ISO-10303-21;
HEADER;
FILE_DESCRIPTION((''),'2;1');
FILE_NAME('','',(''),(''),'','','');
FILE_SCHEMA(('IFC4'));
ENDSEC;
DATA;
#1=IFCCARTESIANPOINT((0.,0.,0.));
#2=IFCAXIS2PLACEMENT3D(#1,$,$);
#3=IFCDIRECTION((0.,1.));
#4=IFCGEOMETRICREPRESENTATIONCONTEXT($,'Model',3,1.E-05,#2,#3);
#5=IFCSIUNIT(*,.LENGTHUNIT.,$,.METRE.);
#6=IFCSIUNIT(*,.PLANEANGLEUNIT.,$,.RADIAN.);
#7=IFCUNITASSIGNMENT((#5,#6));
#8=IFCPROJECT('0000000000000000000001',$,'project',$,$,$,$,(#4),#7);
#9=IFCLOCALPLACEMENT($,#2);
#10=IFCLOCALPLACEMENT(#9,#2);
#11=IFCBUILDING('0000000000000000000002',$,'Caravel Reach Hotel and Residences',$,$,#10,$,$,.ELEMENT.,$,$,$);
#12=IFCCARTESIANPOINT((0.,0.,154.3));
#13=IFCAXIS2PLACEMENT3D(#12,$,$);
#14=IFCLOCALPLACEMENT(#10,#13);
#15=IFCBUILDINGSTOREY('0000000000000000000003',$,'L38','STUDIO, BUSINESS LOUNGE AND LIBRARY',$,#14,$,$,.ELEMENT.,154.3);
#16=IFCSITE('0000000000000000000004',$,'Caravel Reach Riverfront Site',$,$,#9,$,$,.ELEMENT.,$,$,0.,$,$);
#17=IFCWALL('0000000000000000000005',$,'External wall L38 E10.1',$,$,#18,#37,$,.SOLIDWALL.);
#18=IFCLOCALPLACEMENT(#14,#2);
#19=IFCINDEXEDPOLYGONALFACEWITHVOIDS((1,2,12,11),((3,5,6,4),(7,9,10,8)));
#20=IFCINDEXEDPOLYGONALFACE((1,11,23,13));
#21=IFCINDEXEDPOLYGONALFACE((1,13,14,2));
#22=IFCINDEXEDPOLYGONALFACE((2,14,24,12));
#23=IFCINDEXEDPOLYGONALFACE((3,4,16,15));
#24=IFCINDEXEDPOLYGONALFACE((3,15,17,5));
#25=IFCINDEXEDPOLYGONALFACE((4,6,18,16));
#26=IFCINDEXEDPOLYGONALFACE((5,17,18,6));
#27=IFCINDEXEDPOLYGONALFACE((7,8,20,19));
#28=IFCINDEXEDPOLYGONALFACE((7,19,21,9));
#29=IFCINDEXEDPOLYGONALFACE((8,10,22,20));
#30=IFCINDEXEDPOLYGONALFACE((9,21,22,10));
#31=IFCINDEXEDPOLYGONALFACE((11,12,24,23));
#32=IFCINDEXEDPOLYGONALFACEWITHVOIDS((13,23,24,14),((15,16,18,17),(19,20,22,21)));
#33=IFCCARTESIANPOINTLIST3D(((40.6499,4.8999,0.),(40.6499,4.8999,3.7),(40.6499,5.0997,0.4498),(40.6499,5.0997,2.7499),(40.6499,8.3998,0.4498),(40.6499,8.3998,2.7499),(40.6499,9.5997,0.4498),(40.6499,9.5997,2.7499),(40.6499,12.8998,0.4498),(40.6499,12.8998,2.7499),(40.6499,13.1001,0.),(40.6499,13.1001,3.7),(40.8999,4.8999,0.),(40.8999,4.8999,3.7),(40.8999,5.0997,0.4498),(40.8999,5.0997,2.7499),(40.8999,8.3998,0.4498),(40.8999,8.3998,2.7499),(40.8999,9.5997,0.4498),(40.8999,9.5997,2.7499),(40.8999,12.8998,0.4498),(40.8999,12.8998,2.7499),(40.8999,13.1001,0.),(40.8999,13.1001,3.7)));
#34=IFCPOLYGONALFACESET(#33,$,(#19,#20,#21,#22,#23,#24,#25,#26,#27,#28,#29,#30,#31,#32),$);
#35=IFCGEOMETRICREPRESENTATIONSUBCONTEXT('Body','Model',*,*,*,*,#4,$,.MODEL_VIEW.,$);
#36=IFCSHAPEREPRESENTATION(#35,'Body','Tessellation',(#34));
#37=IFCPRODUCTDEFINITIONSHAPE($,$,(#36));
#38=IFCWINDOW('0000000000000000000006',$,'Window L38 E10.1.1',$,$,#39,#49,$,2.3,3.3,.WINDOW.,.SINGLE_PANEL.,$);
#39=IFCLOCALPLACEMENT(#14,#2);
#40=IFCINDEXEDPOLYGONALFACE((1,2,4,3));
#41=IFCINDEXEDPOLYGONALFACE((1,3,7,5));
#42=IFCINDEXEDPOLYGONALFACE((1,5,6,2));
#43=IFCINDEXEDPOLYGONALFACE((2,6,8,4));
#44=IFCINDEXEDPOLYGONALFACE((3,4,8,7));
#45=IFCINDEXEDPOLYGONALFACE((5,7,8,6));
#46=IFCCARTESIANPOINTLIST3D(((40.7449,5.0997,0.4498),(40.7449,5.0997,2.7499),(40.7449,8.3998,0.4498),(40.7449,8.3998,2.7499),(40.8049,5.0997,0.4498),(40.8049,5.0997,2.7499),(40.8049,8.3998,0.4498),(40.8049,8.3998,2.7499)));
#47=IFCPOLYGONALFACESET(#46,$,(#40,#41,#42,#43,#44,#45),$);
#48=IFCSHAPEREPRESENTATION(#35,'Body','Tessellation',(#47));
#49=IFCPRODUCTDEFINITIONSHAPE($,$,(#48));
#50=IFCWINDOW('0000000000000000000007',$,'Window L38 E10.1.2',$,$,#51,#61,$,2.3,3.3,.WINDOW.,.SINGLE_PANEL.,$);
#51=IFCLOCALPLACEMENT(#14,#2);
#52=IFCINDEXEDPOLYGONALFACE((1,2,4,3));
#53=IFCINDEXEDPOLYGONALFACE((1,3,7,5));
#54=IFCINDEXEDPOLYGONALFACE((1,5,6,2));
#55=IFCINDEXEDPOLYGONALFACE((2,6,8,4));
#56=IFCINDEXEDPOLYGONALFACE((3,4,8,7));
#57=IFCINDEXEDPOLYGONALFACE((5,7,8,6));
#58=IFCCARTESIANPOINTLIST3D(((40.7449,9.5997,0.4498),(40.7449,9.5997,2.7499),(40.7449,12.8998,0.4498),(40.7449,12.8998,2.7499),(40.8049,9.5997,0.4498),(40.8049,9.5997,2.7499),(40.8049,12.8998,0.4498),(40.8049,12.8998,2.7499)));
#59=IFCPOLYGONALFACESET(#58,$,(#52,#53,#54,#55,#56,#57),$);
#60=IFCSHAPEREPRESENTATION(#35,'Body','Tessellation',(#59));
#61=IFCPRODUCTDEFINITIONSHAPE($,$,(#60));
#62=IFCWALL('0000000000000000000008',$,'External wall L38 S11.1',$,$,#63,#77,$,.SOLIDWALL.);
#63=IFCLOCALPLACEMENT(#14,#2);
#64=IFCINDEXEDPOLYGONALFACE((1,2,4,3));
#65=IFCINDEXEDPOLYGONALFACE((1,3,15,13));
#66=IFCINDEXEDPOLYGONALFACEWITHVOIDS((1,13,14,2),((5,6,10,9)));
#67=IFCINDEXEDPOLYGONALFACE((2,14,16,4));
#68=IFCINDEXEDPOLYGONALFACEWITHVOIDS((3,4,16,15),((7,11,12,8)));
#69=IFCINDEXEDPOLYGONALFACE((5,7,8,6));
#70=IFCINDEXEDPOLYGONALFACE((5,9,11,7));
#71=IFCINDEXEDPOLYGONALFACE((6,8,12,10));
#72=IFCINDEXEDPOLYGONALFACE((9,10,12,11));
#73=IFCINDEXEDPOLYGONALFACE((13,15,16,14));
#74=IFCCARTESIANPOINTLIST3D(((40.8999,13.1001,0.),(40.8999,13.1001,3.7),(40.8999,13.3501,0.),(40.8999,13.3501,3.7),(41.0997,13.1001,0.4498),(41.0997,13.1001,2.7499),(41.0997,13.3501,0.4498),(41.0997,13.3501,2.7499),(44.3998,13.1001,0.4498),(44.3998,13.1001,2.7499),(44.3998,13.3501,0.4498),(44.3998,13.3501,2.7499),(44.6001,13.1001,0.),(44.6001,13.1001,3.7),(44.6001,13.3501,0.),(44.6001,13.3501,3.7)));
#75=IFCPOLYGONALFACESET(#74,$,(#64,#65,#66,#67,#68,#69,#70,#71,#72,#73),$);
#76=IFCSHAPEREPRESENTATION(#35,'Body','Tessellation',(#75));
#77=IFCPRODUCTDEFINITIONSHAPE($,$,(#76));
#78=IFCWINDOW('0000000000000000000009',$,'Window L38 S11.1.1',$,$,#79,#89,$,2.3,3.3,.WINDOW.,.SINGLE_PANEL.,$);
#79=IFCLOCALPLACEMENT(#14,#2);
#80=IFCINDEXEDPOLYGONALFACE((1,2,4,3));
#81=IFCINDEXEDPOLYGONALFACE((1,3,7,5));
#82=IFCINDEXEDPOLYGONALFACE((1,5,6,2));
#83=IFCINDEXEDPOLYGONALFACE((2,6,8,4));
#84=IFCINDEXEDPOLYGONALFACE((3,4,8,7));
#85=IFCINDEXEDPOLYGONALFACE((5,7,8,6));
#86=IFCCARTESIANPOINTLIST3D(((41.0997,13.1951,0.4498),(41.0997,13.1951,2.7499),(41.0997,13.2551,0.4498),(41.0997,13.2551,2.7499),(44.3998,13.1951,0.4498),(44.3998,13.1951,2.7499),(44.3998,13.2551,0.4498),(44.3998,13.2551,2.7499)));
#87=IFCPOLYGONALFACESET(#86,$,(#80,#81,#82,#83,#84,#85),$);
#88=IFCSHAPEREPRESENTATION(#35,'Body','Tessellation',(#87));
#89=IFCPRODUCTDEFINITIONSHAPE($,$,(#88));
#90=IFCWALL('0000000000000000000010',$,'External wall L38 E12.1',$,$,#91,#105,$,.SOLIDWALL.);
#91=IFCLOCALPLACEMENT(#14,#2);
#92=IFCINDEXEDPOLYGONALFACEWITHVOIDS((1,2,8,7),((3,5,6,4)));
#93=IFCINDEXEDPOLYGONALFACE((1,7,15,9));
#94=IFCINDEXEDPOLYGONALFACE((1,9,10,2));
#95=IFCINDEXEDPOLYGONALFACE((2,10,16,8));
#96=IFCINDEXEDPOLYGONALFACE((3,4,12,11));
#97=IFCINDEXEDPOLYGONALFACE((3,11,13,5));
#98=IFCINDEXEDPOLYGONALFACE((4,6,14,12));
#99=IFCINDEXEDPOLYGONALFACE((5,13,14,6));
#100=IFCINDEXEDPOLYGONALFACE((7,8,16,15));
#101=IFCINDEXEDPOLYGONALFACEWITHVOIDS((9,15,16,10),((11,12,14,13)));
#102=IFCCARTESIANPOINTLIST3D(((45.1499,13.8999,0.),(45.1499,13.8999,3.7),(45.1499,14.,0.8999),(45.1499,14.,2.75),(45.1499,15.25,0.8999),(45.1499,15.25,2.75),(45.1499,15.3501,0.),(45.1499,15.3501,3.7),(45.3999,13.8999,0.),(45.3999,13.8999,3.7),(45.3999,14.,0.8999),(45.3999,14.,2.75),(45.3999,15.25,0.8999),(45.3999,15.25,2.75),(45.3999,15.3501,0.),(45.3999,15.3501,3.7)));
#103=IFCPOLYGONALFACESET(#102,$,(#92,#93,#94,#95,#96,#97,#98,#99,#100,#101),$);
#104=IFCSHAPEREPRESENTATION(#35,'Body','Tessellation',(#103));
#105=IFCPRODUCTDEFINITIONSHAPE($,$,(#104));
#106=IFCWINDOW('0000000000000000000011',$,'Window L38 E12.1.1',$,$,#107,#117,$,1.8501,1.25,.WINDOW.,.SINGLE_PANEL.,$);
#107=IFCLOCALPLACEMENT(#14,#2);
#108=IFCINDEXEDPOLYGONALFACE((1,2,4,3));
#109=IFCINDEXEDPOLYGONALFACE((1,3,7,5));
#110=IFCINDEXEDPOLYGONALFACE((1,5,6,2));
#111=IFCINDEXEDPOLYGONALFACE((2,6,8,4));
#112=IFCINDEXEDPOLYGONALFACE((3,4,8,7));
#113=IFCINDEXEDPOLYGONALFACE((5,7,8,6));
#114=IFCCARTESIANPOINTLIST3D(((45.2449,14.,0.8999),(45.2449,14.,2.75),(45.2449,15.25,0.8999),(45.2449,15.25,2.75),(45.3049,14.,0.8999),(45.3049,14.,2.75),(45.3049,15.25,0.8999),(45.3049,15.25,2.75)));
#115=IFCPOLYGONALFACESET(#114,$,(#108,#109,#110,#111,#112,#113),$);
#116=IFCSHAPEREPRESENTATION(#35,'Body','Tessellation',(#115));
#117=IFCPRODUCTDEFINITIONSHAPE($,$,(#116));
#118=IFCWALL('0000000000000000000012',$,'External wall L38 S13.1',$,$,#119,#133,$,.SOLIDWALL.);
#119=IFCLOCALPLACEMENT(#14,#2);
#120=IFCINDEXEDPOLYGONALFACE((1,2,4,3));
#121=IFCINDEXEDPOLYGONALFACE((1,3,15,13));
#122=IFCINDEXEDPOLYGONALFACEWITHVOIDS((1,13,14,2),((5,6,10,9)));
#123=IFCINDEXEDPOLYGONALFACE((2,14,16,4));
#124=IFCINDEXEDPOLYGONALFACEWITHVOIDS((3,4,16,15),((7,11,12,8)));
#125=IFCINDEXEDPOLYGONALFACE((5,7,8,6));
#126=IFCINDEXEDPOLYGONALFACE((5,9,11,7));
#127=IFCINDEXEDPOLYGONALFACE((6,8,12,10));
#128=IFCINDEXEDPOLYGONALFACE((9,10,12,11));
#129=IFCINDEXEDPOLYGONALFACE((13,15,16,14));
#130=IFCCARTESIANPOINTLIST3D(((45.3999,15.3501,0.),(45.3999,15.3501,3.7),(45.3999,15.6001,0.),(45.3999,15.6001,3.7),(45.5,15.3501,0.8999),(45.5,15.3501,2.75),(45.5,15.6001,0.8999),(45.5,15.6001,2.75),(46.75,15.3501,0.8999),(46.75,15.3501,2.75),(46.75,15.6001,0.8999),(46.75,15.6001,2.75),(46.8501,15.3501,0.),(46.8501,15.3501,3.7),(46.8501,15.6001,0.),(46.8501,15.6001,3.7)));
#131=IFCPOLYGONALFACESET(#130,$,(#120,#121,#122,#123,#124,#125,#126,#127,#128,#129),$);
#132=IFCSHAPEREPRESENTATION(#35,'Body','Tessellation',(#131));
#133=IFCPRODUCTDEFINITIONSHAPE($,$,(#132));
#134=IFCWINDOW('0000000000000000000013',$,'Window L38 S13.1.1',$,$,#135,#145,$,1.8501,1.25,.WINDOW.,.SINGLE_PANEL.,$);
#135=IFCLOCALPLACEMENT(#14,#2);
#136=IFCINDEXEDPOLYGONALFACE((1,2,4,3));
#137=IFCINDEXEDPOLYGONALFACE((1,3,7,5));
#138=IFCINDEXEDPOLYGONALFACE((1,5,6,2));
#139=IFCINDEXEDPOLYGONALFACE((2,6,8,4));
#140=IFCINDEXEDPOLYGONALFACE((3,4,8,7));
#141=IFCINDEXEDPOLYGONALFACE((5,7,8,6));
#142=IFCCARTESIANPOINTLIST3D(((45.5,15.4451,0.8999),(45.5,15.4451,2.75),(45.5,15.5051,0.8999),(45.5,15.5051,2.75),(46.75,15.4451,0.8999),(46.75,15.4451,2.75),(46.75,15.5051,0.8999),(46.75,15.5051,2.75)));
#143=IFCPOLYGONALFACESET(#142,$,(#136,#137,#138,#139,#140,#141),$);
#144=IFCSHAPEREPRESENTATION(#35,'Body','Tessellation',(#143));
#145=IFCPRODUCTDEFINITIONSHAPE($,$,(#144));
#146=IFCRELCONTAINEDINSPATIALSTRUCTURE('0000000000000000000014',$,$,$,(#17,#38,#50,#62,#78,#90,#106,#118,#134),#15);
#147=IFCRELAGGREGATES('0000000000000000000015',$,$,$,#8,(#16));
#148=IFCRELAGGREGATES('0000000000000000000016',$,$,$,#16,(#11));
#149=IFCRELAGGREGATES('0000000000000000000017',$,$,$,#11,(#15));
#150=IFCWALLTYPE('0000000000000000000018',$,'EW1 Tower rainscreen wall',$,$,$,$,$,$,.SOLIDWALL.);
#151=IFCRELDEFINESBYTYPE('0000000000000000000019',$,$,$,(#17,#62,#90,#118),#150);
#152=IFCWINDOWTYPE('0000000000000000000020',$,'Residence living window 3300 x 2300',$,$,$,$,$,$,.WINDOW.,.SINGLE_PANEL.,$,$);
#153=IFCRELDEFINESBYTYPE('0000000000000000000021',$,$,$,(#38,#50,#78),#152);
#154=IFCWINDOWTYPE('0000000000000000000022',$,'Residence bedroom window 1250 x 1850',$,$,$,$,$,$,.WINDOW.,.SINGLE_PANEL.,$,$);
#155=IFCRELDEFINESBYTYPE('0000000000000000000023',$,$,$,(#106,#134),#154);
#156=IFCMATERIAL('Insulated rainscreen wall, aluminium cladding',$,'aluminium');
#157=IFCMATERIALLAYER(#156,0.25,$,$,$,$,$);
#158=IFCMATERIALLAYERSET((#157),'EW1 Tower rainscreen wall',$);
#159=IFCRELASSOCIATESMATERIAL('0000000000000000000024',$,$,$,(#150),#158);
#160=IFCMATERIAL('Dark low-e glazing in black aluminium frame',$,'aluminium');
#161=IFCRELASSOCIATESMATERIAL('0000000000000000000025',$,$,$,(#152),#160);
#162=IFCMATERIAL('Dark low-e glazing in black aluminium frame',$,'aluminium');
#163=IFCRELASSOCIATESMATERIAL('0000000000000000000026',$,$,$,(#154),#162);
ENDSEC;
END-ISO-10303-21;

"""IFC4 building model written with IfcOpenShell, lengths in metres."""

from ifc_helpers import new_model, si_unit, direction, frame, frame_2d, origin, place, context, subcontext, project, spatial, rectangle, extrude, material, layer, layer_set, type_object, element, fill, save


model = new_model("IFC4")

# Units and contexts
model_context = context("Model", 3, precision=1e-05, world=origin(), true_north=direction((0.0, 1.0)))
body_context = subcontext(model_context, "Body", "Model", "MODEL_VIEW")
ifc_project = project(units=[si_unit("LENGTHUNIT", "METRE"), si_unit("PLANEANGLEUNIT", "RADIAN")], contexts=[model_context])

# Site, building, storey
site_placement = place(None, origin())
site = spatial("IfcSite", under=ifc_project, at=site_placement, Name="Caravel Reach Riverfront Site", CompositionType="ELEMENT", RefElevation=0.0)
building_placement = place(site_placement, origin())
building = spatial("IfcBuilding", under=site, at=building_placement, Name="Caravel Reach Hotel and Residences", CompositionType="ELEMENT")
storey_placement = place(building_placement, frame((0.0, 0.0, 154.3)))
storey = spatial("IfcBuildingStorey", under=building, at=storey_placement, Name="L38", Description="STUDIO, BUSINESS LOUNGE AND LIBRARY", CompositionType="ELEMENT", Elevation=154.3)

# Wall, openings, windows
ifc_material_1 = material(Name="Insulated rainscreen wall, aluminium cladding", Category="aluminium")
ifc_layer_1 = layer(ifc_material_1, 0.25)
ifc_layer_set_1 = layer_set([ifc_layer_1], Name="EW1 Tower rainscreen wall")
wall_type_1 = type_object("IfcWallType", Name="EW1 Tower rainscreen wall", PredefinedType="SOLIDWALL", material=ifc_layer_set_1)
wall_1_placement = place(storey_placement, frame((40.7749, 4.8999, 0.0), z_axis=(0.0, 0.0, 1.0), x_axis=(0.0, 1.0, 0.0)))
wall_1 = element("IfcWall", 1, at=wall_1_placement, inside=storey, type_object=wall_type_1, Name="External wall L38 E10.1", PredefinedType="SOLIDWALL", context=body_context, shape_type="SweptSolid", body=[
    extrude(rectangle(XDim=8.2002, YDim=0.25, at=frame_2d((4.1001, 0.0))), origin(), (0.0, 0.0, 1.0), 3.7),
])
opening_1_placement = place(wall_1_placement, frame((0.2, 0.0, 0.45)))
opening_1 = element("IfcOpeningElement", 2, at=opening_1_placement, cuts=wall_1, PredefinedType="OPENING", context=body_context, shape_type="SweptSolid", body=[
    extrude(rectangle(XDim=3.3, YDim=2.3, at=frame_2d((1.6499, 1.1499))), frame((0.0, 0.135, 0.0), z_axis=(0.0, -1.0, 0.0), x_axis=(1.0, 0.0, 0.0)), (0.0, 0.0, 1.0), 0.27),
])
opening_2_placement = place(wall_1_placement, frame((4.7, 0.0, 0.45)))
opening_2 = element("IfcOpeningElement", 3, at=opening_2_placement, cuts=wall_1, PredefinedType="OPENING", context=body_context, shape_type="SweptSolid", body=[
    extrude(rectangle(XDim=3.3, YDim=2.3, at=frame_2d((1.6499, 1.1499))), frame((0.0, 0.135, 0.0), z_axis=(0.0, -1.0, 0.0), x_axis=(1.0, 0.0, 0.0)), (0.0, 0.0, 1.0), 0.27),
])
ifc_material_2 = material(Name="Dark low-e glazing in black aluminium frame", Category="aluminium")
window_type_1 = type_object("IfcWindowType", Name="Residence living window 3300 x 2300", PartitioningType="SINGLE_PANEL", PredefinedType="WINDOW", material=ifc_material_2)
window_1_placement = place(opening_1_placement, origin())
window_1 = element("IfcWindow", 4, at=window_1_placement, inside=storey, type_object=window_type_1, Name="Window L38 E10.1.1", OverallHeight=2.3, OverallWidth=3.3, PartitioningType="SINGLE_PANEL", PredefinedType="WINDOW", context=body_context, shape_type="SweptSolid", body=[
    extrude(rectangle(XDim=3.3, YDim=2.3, at=frame_2d((1.6499, 1.1499))), frame((0.0, 0.03, 0.0), z_axis=(0.0, -1.0, 0.0), x_axis=(1.0, 0.0, 0.0)), (0.0, 0.0, 1.0), 0.0601),
])
fill(opening_1, window_1)
window_2_placement = place(opening_2_placement, origin())
window_2 = element("IfcWindow", 5, at=window_2_placement, inside=storey, type_object=window_type_1, Name="Window L38 E10.1.2", OverallHeight=2.3, OverallWidth=3.3, PartitioningType="SINGLE_PANEL", PredefinedType="WINDOW", context=body_context, shape_type="SweptSolid", body=[
    extrude(rectangle(XDim=3.3, YDim=2.3, at=frame_2d((1.6499, 1.1499))), frame((0.0, 0.03, 0.0), z_axis=(0.0, -1.0, 0.0), x_axis=(1.0, 0.0, 0.0)), (0.0, 0.0, 1.0), 0.0601),
])
fill(opening_2, window_2)

# Walls, openings, windows
wall_2_placement = place(storey_placement, frame((40.8999, 13.2251, 0.0), z_axis=(0.0, 0.0, 1.0), x_axis=(1.0, 0.0, 0.0)))
wall_2 = element("IfcWall", 6, at=wall_2_placement, inside=storey, type_object=wall_type_1, Name="External wall L38 S11.1", PredefinedType="SOLIDWALL", context=body_context, shape_type="SweptSolid", body=[
    extrude(rectangle(XDim=3.7002, YDim=0.25, at=frame_2d((1.8501, 0.0))), origin(), (0.0, 0.0, 1.0), 3.7),
])
opening_3_placement = place(wall_2_placement, frame((0.2, 0.0, 0.45)))
opening_3 = element("IfcOpeningElement", 7, at=opening_3_placement, cuts=wall_2, PredefinedType="OPENING", context=body_context, shape_type="SweptSolid", body=[
    extrude(rectangle(XDim=3.3, YDim=2.3, at=frame_2d((1.6499, 1.1499))), frame((0.0, 0.135, 0.0), z_axis=(0.0, -1.0, 0.0), x_axis=(1.0, 0.0, 0.0)), (0.0, 0.0, 1.0), 0.27),
])
window_3_placement = place(opening_3_placement, origin())
window_3 = element("IfcWindow", 8, at=window_3_placement, inside=storey, type_object=window_type_1, Name="Window L38 S11.1.1", OverallHeight=2.3, OverallWidth=3.3, PartitioningType="SINGLE_PANEL", PredefinedType="WINDOW", context=body_context, shape_type="SweptSolid", body=[
    extrude(rectangle(XDim=3.3, YDim=2.3, at=frame_2d((1.6499, 1.1499))), frame((0.0, 0.03, 0.0), z_axis=(0.0, -1.0, 0.0), x_axis=(1.0, 0.0, 0.0)), (0.0, 0.0, 1.0), 0.0601),
])
fill(opening_3, window_3)
wall_3_placement = place(storey_placement, frame((45.2749, 13.8999, 0.0), z_axis=(0.0, 0.0, 1.0), x_axis=(0.0, 1.0, 0.0)))
wall_3 = element("IfcWall", 9, at=wall_3_placement, inside=storey, type_object=wall_type_1, Name="External wall L38 E12.1", PredefinedType="SOLIDWALL", context=body_context, shape_type="SweptSolid", body=[
    extrude(rectangle(XDim=1.4502, YDim=0.25, at=frame_2d((0.7251, 0.0))), origin(), (0.0, 0.0, 1.0), 3.7),
])
opening_4_placement = place(wall_3_placement, frame((0.1001, 0.0, 0.8999)))
opening_4 = element("IfcOpeningElement", 10, at=opening_4_placement, cuts=wall_3, PredefinedType="OPENING", context=body_context, shape_type="SweptSolid", body=[
    extrude(rectangle(XDim=1.25, YDim=1.8501, at=frame_2d((0.625, 0.925))), frame((0.0, 0.135, 0.0), z_axis=(0.0, -1.0, 0.0), x_axis=(1.0, 0.0, 0.0)), (0.0, 0.0, 1.0), 0.27),
])
ifc_material_3 = material(Name="Dark low-e glazing in black aluminium frame", Category="aluminium")
window_type_2 = type_object("IfcWindowType", Name="Residence bedroom window 1250 x 1850", PartitioningType="SINGLE_PANEL", PredefinedType="WINDOW", material=ifc_material_3)
window_4_placement = place(opening_4_placement, origin())
window_4 = element("IfcWindow", 11, at=window_4_placement, inside=storey, type_object=window_type_2, Name="Window L38 E12.1.1", OverallHeight=1.8501, OverallWidth=1.25, PartitioningType="SINGLE_PANEL", PredefinedType="WINDOW", context=body_context, shape_type="SweptSolid", body=[
    extrude(rectangle(XDim=1.25, YDim=1.8501, at=frame_2d((0.625, 0.925))), frame((0.0, 0.03, 0.0), z_axis=(0.0, -1.0, 0.0), x_axis=(1.0, 0.0, 0.0)), (0.0, 0.0, 1.0), 0.0601),
])
fill(opening_4, window_4)
wall_4_placement = place(storey_placement, frame((45.3999, 15.4751, 0.0), z_axis=(0.0, 0.0, 1.0), x_axis=(1.0, 0.0, 0.0)))
wall_4 = element("IfcWall", 12, at=wall_4_placement, inside=storey, type_object=wall_type_1, Name="External wall L38 S13.1", PredefinedType="SOLIDWALL", context=body_context, shape_type="SweptSolid", body=[
    extrude(rectangle(XDim=1.4502, YDim=0.25, at=frame_2d((0.7251, 0.0))), origin(), (0.0, 0.0, 1.0), 3.7),
])
opening_5_placement = place(wall_4_placement, frame((0.1001, 0.0, 0.8999)))
opening_5 = element("IfcOpeningElement", 13, at=opening_5_placement, cuts=wall_4, PredefinedType="OPENING", context=body_context, shape_type="SweptSolid", body=[
    extrude(rectangle(XDim=1.25, YDim=1.8501, at=frame_2d((0.625, 0.925))), frame((0.0, 0.135, 0.0), z_axis=(0.0, -1.0, 0.0), x_axis=(1.0, 0.0, 0.0)), (0.0, 0.0, 1.0), 0.27),
])
window_5_placement = place(opening_5_placement, origin())
window_5 = element("IfcWindow", 14, at=window_5_placement, inside=storey, type_object=window_type_2, Name="Window L38 S13.1.1", OverallHeight=1.8501, OverallWidth=1.25, PartitioningType="SINGLE_PANEL", PredefinedType="WINDOW", context=body_context, shape_type="SweptSolid", body=[
    extrude(rectangle(XDim=1.25, YDim=1.8501, at=frame_2d((0.625, 0.925))), frame((0.0, 0.03, 0.0), z_axis=(0.0, -1.0, 0.0), x_axis=(1.0, 0.0, 0.0)), (0.0, 0.0, 1.0), 0.0601),
])
fill(opening_5, window_5)

save(model, "model.ifc")
